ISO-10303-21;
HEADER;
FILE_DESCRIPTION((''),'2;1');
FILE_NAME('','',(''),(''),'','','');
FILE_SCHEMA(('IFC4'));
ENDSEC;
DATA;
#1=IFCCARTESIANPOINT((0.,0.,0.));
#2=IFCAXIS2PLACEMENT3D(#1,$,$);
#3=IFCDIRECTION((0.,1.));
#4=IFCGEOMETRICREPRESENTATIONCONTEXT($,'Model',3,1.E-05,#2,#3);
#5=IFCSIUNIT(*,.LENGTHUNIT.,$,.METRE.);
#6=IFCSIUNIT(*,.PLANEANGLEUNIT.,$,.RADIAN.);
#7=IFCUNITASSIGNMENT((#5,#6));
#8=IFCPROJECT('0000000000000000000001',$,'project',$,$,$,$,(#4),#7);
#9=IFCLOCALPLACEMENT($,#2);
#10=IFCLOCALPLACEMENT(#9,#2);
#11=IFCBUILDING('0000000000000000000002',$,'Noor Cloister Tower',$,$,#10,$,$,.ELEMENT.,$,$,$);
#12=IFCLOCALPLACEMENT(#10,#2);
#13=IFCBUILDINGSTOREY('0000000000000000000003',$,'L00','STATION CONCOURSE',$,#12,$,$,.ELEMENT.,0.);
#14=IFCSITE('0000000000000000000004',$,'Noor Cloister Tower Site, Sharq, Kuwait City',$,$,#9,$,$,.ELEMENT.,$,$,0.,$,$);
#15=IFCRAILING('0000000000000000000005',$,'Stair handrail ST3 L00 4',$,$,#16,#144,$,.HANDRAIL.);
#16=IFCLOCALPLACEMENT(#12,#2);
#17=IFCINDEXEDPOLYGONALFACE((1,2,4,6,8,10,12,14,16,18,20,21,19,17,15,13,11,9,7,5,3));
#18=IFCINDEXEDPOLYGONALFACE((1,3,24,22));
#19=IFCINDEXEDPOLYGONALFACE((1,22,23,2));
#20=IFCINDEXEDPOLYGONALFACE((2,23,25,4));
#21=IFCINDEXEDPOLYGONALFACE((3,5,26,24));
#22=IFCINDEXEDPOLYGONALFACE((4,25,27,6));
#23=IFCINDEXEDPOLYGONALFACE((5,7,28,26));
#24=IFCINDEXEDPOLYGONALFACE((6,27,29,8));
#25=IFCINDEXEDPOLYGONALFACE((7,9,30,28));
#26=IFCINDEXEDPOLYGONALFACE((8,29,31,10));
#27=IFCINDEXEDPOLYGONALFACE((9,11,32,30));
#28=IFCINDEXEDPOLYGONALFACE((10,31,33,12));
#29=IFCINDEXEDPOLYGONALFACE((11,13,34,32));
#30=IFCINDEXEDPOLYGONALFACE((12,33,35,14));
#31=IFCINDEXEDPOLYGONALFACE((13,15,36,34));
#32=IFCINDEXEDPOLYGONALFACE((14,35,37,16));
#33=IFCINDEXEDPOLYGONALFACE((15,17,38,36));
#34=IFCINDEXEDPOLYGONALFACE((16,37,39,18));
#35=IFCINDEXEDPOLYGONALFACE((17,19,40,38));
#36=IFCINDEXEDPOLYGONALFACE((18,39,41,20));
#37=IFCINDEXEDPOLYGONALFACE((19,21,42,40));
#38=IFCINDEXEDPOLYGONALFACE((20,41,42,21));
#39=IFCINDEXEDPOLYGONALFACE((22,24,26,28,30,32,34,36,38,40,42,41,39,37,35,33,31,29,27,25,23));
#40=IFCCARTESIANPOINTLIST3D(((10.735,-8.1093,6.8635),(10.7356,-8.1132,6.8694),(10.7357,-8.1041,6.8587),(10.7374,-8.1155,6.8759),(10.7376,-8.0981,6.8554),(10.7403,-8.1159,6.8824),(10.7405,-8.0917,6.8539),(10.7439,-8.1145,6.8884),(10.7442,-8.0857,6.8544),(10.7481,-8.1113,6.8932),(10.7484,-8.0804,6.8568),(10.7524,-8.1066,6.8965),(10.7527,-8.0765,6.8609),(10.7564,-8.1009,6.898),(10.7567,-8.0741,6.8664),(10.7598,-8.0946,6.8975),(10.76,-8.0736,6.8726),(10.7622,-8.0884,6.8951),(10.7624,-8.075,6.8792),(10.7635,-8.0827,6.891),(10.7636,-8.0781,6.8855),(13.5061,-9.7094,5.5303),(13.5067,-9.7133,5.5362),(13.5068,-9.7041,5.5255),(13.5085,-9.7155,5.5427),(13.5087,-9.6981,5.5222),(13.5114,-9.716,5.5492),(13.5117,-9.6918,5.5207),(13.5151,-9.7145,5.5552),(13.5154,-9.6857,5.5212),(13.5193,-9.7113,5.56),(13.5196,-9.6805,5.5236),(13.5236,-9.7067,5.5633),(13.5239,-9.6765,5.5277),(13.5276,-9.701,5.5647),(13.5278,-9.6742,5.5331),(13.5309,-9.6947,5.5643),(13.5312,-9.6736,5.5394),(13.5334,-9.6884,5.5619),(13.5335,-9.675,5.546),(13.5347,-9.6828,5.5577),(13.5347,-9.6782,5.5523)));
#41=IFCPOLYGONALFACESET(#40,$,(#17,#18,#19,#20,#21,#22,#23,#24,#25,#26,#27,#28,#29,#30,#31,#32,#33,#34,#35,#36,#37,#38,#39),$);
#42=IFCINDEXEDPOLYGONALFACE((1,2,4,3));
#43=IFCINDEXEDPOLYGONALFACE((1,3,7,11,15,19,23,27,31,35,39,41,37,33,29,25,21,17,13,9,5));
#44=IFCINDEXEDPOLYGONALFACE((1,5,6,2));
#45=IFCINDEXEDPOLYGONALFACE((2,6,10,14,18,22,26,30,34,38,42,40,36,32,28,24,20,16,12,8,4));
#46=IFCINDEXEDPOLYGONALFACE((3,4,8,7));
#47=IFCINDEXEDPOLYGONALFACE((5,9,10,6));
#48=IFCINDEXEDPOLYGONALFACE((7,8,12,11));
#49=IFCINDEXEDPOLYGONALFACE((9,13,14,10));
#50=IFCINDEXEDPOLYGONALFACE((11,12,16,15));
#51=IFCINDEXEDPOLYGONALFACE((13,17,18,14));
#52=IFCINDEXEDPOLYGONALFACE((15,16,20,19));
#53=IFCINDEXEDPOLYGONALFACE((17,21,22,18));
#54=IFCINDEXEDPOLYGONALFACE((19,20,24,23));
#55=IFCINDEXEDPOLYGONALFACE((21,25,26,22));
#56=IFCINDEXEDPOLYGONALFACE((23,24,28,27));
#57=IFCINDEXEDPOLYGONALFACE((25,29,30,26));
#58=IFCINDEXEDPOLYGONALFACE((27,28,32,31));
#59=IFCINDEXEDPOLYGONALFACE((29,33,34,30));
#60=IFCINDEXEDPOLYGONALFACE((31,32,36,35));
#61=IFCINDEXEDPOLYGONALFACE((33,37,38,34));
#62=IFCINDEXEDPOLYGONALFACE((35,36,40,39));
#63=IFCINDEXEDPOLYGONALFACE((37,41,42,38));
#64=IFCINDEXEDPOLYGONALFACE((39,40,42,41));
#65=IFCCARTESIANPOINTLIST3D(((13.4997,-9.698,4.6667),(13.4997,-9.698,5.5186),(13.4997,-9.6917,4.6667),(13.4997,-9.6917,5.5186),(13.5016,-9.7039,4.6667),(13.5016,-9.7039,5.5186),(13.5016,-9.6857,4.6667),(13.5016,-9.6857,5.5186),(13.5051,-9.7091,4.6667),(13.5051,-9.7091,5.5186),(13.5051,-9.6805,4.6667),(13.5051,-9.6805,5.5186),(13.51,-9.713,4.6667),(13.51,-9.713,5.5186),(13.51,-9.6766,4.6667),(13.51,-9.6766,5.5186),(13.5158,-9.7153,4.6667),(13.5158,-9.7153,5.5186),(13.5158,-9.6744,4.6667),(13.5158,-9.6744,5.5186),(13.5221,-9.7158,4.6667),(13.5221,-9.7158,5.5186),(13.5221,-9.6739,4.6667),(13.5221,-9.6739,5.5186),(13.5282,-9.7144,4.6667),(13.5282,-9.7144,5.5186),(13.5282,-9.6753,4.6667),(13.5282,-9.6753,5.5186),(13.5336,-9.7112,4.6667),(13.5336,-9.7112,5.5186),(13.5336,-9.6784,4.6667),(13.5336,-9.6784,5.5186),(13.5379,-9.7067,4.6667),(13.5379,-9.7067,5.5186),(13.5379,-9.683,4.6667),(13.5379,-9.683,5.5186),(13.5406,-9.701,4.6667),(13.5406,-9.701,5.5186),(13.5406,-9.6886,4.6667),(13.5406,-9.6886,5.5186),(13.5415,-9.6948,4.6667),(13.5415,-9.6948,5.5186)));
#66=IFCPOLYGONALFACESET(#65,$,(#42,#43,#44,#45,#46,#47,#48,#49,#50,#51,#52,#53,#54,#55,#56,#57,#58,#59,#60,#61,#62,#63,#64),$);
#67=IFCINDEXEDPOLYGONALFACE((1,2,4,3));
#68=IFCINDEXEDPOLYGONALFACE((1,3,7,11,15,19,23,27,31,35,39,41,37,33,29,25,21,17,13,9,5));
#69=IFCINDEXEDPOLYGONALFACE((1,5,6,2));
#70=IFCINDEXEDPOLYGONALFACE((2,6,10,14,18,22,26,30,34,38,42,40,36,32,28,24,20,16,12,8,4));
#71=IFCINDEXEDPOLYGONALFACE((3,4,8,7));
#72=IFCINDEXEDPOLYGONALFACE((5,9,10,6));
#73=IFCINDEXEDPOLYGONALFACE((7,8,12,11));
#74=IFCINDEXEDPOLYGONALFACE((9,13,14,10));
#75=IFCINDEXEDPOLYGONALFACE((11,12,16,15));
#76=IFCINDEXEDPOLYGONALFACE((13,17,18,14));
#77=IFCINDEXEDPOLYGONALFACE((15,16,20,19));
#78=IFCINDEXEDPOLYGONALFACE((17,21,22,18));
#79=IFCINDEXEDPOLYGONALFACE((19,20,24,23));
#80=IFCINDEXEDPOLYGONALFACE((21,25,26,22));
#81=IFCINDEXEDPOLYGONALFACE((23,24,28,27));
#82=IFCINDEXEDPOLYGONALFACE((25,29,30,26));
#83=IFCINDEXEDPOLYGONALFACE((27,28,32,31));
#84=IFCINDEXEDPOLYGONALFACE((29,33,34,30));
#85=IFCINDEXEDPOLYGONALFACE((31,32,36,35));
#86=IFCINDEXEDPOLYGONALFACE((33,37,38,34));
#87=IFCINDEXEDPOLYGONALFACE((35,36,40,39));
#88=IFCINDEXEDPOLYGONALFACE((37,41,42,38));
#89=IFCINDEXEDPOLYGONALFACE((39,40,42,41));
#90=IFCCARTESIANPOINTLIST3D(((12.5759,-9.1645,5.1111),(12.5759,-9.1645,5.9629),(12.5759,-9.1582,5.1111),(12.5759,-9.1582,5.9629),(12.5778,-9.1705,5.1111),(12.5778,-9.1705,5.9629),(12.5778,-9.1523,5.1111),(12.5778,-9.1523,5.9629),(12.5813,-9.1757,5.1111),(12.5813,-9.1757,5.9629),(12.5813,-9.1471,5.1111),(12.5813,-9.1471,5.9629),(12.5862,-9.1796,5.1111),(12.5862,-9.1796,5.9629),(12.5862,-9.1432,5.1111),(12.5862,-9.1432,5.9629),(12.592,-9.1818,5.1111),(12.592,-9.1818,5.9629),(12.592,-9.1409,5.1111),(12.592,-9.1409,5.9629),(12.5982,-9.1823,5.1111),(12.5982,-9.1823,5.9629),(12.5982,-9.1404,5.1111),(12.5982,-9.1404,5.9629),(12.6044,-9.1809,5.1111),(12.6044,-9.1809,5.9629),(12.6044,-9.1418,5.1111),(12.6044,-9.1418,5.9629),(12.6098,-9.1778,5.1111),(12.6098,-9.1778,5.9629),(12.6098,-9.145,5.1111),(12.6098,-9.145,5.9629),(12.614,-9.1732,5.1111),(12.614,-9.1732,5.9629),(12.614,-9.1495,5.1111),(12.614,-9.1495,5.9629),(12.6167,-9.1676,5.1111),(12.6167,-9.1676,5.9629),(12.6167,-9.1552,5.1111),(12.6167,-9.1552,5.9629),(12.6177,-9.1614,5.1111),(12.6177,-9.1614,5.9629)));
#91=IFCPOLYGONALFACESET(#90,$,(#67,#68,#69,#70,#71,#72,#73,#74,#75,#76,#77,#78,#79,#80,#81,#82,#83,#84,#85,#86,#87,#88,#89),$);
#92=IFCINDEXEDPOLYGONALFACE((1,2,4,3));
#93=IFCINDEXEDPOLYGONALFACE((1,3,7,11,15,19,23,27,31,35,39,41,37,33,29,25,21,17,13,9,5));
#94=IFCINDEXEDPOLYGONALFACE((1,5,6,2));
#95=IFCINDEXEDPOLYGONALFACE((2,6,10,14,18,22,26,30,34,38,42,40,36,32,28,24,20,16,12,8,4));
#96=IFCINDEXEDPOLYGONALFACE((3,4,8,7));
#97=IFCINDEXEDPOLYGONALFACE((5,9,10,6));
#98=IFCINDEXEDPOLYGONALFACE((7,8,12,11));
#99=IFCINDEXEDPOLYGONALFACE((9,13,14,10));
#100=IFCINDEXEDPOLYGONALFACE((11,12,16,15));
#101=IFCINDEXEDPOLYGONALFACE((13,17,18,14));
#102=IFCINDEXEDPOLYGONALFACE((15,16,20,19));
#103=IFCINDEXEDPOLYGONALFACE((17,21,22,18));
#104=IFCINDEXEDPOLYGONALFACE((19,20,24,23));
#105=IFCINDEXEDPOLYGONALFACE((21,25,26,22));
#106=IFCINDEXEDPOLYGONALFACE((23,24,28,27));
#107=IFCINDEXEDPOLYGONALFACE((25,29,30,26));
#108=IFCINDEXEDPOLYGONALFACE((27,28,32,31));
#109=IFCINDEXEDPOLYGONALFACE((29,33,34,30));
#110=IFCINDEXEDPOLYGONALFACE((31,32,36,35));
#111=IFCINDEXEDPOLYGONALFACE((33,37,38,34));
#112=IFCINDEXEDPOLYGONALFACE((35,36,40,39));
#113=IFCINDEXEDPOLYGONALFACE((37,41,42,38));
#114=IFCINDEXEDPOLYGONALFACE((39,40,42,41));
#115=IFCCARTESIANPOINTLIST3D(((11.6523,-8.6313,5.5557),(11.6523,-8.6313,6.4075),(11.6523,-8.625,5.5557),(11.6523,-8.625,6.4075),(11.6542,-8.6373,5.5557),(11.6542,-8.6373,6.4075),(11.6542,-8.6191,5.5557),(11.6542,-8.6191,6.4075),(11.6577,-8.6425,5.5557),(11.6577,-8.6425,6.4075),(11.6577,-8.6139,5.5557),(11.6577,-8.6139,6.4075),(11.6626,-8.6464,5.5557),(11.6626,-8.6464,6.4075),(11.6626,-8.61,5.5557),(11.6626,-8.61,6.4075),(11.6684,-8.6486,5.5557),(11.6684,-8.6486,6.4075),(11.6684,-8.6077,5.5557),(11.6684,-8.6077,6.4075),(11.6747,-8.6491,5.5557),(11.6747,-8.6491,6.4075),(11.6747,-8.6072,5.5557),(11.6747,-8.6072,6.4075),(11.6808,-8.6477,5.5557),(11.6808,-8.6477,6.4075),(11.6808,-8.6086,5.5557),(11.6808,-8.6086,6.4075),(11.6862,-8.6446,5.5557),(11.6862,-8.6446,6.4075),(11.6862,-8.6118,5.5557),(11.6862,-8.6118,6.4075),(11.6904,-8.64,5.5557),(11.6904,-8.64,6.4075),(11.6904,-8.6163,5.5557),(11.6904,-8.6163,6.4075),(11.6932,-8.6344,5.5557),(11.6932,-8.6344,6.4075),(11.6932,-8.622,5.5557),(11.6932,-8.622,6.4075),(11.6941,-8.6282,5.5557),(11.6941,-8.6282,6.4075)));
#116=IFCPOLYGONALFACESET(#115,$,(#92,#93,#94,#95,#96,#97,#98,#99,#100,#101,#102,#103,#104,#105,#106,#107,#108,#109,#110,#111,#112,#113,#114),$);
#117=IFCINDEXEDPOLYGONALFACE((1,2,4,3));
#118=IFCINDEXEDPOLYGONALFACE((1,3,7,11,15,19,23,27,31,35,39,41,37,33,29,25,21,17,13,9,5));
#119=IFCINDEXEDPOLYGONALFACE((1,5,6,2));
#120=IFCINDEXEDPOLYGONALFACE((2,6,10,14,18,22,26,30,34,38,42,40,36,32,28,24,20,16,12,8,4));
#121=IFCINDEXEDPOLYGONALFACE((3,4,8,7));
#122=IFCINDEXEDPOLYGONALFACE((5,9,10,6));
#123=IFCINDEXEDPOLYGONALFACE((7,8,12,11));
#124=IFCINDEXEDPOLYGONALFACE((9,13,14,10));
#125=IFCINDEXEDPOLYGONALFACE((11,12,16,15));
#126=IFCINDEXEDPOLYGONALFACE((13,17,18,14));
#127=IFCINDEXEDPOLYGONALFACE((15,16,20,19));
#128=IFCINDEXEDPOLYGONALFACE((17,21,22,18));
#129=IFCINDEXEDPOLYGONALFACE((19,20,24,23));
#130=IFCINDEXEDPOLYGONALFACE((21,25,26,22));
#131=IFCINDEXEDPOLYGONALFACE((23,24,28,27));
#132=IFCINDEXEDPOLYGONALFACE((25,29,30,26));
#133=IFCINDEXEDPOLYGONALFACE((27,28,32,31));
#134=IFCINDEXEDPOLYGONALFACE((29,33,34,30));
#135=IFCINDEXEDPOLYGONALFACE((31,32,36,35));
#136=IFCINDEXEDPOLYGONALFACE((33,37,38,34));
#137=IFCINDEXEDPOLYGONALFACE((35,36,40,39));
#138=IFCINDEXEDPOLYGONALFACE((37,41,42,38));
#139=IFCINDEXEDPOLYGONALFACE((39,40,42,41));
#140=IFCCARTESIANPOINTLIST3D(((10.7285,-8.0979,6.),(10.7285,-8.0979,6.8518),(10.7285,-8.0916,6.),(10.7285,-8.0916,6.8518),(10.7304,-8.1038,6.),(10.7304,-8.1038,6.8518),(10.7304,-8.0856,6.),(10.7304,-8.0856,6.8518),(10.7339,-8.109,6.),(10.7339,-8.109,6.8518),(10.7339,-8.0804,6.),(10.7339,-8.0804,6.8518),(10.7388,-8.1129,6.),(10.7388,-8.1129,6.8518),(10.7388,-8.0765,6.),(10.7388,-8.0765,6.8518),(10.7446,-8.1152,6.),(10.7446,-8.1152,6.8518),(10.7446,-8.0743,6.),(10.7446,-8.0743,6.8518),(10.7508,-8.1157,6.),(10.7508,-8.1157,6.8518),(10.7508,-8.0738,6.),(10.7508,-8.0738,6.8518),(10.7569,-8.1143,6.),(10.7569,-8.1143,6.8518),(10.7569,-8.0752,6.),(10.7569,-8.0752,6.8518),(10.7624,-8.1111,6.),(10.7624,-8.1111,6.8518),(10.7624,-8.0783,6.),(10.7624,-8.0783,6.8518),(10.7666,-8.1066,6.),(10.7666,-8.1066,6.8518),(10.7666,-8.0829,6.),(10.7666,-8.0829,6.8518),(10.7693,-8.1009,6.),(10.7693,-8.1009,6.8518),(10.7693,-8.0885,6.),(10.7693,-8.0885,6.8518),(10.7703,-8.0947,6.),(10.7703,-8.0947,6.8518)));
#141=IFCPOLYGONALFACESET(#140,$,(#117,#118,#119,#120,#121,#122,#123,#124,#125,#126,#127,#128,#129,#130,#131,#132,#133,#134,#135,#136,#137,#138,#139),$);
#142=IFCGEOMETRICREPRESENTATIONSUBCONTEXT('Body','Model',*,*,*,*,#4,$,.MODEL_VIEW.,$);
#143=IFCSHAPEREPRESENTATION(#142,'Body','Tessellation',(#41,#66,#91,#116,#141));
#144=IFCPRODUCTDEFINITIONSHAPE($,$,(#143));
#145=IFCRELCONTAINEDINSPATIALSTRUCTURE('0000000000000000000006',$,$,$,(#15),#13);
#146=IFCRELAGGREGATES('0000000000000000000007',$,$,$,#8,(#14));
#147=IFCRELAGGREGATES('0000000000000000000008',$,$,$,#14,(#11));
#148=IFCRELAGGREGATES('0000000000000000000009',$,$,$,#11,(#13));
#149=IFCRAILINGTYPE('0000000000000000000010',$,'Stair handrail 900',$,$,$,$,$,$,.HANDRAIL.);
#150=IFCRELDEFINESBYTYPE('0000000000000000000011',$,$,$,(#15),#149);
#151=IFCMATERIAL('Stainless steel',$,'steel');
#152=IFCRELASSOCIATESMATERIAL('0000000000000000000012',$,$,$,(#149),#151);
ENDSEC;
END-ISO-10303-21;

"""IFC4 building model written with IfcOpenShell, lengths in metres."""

from ifc_helpers import new_model, si_unit, direction, frame, origin, origin_2d, place, context, subcontext, project, spatial, circle, extrude, material, type_object, element, save


model = new_model("IFC4")

# Units and contexts
model_context = context("Model", 3, precision=1e-05, world=origin(), true_north=direction((0.0, 1.0)))
body_context = subcontext(model_context, "Body", "Model", "MODEL_VIEW")
ifc_project = project(units=[si_unit("LENGTHUNIT", "METRE"), si_unit("PLANEANGLEUNIT", "RADIAN")], contexts=[model_context])

# Site, building, storey
site_placement = place(None, origin())
site = spatial("IfcSite", under=ifc_project, at=site_placement, Name="Noor Cloister Tower Site, Sharq, Kuwait City", CompositionType="ELEMENT", RefElevation=0.0)
building_placement = place(site_placement, origin())
building = spatial("IfcBuilding", under=site, at=building_placement, Name="Noor Cloister Tower", CompositionType="ELEMENT")
storey_placement = place(building_placement, origin())
storey = spatial("IfcBuildingStorey", under=building, at=storey_placement, Name="L00", Description="STATION CONCOURSE", CompositionType="ELEMENT", Elevation=0.0)

# Railing
ifc_material_1 = material(Name="Stainless steel", Category="steel")
railing_type = type_object("IfcRailingType", Name="Stair handrail 900", PredefinedType="HANDRAIL", material=ifc_material_1)
for number, where, name in (
    (1, (13.5205, -9.6948, 4.6667), "Stair handrail ST3 L00 4"),
):
    element("IfcRailing", number, at=place(storey_placement, frame(where)), inside=storey, type_object=railing_type, Name=name, PredefinedType="HANDRAIL", context=body_context, shape_type="SweptSolid", body=[
        extrude(circle(Radius=0.0239, at=origin_2d()), frame((0.0, 0.0, 0.876), z_axis=(-0.799401, 0.461569, 0.384594), x_axis=(-0.500028, -0.866009, 0.0)), (0.0, 0.0, 1.0), 3.4666),
        extrude(circle(Radius=0.021, at=origin_2d()), origin(), (0.0, 0.0, 1.0), 0.8518),
        extrude(circle(Radius=0.021, at=origin_2d()), frame((-0.9238, 0.5334, 0.4443)), (0.0, 0.0, 1.0), 0.8518),
        extrude(circle(Radius=0.021, at=origin_2d()), frame((-1.8474, 1.0667, 0.8889)), (0.0, 0.0, 1.0), 0.8518),
        extrude(circle(Radius=0.021, at=origin_2d()), frame((-2.7712, 1.6001, 1.3333)), (0.0, 0.0, 1.0), 0.8518),
    ])

save(model, "model.ifc")
